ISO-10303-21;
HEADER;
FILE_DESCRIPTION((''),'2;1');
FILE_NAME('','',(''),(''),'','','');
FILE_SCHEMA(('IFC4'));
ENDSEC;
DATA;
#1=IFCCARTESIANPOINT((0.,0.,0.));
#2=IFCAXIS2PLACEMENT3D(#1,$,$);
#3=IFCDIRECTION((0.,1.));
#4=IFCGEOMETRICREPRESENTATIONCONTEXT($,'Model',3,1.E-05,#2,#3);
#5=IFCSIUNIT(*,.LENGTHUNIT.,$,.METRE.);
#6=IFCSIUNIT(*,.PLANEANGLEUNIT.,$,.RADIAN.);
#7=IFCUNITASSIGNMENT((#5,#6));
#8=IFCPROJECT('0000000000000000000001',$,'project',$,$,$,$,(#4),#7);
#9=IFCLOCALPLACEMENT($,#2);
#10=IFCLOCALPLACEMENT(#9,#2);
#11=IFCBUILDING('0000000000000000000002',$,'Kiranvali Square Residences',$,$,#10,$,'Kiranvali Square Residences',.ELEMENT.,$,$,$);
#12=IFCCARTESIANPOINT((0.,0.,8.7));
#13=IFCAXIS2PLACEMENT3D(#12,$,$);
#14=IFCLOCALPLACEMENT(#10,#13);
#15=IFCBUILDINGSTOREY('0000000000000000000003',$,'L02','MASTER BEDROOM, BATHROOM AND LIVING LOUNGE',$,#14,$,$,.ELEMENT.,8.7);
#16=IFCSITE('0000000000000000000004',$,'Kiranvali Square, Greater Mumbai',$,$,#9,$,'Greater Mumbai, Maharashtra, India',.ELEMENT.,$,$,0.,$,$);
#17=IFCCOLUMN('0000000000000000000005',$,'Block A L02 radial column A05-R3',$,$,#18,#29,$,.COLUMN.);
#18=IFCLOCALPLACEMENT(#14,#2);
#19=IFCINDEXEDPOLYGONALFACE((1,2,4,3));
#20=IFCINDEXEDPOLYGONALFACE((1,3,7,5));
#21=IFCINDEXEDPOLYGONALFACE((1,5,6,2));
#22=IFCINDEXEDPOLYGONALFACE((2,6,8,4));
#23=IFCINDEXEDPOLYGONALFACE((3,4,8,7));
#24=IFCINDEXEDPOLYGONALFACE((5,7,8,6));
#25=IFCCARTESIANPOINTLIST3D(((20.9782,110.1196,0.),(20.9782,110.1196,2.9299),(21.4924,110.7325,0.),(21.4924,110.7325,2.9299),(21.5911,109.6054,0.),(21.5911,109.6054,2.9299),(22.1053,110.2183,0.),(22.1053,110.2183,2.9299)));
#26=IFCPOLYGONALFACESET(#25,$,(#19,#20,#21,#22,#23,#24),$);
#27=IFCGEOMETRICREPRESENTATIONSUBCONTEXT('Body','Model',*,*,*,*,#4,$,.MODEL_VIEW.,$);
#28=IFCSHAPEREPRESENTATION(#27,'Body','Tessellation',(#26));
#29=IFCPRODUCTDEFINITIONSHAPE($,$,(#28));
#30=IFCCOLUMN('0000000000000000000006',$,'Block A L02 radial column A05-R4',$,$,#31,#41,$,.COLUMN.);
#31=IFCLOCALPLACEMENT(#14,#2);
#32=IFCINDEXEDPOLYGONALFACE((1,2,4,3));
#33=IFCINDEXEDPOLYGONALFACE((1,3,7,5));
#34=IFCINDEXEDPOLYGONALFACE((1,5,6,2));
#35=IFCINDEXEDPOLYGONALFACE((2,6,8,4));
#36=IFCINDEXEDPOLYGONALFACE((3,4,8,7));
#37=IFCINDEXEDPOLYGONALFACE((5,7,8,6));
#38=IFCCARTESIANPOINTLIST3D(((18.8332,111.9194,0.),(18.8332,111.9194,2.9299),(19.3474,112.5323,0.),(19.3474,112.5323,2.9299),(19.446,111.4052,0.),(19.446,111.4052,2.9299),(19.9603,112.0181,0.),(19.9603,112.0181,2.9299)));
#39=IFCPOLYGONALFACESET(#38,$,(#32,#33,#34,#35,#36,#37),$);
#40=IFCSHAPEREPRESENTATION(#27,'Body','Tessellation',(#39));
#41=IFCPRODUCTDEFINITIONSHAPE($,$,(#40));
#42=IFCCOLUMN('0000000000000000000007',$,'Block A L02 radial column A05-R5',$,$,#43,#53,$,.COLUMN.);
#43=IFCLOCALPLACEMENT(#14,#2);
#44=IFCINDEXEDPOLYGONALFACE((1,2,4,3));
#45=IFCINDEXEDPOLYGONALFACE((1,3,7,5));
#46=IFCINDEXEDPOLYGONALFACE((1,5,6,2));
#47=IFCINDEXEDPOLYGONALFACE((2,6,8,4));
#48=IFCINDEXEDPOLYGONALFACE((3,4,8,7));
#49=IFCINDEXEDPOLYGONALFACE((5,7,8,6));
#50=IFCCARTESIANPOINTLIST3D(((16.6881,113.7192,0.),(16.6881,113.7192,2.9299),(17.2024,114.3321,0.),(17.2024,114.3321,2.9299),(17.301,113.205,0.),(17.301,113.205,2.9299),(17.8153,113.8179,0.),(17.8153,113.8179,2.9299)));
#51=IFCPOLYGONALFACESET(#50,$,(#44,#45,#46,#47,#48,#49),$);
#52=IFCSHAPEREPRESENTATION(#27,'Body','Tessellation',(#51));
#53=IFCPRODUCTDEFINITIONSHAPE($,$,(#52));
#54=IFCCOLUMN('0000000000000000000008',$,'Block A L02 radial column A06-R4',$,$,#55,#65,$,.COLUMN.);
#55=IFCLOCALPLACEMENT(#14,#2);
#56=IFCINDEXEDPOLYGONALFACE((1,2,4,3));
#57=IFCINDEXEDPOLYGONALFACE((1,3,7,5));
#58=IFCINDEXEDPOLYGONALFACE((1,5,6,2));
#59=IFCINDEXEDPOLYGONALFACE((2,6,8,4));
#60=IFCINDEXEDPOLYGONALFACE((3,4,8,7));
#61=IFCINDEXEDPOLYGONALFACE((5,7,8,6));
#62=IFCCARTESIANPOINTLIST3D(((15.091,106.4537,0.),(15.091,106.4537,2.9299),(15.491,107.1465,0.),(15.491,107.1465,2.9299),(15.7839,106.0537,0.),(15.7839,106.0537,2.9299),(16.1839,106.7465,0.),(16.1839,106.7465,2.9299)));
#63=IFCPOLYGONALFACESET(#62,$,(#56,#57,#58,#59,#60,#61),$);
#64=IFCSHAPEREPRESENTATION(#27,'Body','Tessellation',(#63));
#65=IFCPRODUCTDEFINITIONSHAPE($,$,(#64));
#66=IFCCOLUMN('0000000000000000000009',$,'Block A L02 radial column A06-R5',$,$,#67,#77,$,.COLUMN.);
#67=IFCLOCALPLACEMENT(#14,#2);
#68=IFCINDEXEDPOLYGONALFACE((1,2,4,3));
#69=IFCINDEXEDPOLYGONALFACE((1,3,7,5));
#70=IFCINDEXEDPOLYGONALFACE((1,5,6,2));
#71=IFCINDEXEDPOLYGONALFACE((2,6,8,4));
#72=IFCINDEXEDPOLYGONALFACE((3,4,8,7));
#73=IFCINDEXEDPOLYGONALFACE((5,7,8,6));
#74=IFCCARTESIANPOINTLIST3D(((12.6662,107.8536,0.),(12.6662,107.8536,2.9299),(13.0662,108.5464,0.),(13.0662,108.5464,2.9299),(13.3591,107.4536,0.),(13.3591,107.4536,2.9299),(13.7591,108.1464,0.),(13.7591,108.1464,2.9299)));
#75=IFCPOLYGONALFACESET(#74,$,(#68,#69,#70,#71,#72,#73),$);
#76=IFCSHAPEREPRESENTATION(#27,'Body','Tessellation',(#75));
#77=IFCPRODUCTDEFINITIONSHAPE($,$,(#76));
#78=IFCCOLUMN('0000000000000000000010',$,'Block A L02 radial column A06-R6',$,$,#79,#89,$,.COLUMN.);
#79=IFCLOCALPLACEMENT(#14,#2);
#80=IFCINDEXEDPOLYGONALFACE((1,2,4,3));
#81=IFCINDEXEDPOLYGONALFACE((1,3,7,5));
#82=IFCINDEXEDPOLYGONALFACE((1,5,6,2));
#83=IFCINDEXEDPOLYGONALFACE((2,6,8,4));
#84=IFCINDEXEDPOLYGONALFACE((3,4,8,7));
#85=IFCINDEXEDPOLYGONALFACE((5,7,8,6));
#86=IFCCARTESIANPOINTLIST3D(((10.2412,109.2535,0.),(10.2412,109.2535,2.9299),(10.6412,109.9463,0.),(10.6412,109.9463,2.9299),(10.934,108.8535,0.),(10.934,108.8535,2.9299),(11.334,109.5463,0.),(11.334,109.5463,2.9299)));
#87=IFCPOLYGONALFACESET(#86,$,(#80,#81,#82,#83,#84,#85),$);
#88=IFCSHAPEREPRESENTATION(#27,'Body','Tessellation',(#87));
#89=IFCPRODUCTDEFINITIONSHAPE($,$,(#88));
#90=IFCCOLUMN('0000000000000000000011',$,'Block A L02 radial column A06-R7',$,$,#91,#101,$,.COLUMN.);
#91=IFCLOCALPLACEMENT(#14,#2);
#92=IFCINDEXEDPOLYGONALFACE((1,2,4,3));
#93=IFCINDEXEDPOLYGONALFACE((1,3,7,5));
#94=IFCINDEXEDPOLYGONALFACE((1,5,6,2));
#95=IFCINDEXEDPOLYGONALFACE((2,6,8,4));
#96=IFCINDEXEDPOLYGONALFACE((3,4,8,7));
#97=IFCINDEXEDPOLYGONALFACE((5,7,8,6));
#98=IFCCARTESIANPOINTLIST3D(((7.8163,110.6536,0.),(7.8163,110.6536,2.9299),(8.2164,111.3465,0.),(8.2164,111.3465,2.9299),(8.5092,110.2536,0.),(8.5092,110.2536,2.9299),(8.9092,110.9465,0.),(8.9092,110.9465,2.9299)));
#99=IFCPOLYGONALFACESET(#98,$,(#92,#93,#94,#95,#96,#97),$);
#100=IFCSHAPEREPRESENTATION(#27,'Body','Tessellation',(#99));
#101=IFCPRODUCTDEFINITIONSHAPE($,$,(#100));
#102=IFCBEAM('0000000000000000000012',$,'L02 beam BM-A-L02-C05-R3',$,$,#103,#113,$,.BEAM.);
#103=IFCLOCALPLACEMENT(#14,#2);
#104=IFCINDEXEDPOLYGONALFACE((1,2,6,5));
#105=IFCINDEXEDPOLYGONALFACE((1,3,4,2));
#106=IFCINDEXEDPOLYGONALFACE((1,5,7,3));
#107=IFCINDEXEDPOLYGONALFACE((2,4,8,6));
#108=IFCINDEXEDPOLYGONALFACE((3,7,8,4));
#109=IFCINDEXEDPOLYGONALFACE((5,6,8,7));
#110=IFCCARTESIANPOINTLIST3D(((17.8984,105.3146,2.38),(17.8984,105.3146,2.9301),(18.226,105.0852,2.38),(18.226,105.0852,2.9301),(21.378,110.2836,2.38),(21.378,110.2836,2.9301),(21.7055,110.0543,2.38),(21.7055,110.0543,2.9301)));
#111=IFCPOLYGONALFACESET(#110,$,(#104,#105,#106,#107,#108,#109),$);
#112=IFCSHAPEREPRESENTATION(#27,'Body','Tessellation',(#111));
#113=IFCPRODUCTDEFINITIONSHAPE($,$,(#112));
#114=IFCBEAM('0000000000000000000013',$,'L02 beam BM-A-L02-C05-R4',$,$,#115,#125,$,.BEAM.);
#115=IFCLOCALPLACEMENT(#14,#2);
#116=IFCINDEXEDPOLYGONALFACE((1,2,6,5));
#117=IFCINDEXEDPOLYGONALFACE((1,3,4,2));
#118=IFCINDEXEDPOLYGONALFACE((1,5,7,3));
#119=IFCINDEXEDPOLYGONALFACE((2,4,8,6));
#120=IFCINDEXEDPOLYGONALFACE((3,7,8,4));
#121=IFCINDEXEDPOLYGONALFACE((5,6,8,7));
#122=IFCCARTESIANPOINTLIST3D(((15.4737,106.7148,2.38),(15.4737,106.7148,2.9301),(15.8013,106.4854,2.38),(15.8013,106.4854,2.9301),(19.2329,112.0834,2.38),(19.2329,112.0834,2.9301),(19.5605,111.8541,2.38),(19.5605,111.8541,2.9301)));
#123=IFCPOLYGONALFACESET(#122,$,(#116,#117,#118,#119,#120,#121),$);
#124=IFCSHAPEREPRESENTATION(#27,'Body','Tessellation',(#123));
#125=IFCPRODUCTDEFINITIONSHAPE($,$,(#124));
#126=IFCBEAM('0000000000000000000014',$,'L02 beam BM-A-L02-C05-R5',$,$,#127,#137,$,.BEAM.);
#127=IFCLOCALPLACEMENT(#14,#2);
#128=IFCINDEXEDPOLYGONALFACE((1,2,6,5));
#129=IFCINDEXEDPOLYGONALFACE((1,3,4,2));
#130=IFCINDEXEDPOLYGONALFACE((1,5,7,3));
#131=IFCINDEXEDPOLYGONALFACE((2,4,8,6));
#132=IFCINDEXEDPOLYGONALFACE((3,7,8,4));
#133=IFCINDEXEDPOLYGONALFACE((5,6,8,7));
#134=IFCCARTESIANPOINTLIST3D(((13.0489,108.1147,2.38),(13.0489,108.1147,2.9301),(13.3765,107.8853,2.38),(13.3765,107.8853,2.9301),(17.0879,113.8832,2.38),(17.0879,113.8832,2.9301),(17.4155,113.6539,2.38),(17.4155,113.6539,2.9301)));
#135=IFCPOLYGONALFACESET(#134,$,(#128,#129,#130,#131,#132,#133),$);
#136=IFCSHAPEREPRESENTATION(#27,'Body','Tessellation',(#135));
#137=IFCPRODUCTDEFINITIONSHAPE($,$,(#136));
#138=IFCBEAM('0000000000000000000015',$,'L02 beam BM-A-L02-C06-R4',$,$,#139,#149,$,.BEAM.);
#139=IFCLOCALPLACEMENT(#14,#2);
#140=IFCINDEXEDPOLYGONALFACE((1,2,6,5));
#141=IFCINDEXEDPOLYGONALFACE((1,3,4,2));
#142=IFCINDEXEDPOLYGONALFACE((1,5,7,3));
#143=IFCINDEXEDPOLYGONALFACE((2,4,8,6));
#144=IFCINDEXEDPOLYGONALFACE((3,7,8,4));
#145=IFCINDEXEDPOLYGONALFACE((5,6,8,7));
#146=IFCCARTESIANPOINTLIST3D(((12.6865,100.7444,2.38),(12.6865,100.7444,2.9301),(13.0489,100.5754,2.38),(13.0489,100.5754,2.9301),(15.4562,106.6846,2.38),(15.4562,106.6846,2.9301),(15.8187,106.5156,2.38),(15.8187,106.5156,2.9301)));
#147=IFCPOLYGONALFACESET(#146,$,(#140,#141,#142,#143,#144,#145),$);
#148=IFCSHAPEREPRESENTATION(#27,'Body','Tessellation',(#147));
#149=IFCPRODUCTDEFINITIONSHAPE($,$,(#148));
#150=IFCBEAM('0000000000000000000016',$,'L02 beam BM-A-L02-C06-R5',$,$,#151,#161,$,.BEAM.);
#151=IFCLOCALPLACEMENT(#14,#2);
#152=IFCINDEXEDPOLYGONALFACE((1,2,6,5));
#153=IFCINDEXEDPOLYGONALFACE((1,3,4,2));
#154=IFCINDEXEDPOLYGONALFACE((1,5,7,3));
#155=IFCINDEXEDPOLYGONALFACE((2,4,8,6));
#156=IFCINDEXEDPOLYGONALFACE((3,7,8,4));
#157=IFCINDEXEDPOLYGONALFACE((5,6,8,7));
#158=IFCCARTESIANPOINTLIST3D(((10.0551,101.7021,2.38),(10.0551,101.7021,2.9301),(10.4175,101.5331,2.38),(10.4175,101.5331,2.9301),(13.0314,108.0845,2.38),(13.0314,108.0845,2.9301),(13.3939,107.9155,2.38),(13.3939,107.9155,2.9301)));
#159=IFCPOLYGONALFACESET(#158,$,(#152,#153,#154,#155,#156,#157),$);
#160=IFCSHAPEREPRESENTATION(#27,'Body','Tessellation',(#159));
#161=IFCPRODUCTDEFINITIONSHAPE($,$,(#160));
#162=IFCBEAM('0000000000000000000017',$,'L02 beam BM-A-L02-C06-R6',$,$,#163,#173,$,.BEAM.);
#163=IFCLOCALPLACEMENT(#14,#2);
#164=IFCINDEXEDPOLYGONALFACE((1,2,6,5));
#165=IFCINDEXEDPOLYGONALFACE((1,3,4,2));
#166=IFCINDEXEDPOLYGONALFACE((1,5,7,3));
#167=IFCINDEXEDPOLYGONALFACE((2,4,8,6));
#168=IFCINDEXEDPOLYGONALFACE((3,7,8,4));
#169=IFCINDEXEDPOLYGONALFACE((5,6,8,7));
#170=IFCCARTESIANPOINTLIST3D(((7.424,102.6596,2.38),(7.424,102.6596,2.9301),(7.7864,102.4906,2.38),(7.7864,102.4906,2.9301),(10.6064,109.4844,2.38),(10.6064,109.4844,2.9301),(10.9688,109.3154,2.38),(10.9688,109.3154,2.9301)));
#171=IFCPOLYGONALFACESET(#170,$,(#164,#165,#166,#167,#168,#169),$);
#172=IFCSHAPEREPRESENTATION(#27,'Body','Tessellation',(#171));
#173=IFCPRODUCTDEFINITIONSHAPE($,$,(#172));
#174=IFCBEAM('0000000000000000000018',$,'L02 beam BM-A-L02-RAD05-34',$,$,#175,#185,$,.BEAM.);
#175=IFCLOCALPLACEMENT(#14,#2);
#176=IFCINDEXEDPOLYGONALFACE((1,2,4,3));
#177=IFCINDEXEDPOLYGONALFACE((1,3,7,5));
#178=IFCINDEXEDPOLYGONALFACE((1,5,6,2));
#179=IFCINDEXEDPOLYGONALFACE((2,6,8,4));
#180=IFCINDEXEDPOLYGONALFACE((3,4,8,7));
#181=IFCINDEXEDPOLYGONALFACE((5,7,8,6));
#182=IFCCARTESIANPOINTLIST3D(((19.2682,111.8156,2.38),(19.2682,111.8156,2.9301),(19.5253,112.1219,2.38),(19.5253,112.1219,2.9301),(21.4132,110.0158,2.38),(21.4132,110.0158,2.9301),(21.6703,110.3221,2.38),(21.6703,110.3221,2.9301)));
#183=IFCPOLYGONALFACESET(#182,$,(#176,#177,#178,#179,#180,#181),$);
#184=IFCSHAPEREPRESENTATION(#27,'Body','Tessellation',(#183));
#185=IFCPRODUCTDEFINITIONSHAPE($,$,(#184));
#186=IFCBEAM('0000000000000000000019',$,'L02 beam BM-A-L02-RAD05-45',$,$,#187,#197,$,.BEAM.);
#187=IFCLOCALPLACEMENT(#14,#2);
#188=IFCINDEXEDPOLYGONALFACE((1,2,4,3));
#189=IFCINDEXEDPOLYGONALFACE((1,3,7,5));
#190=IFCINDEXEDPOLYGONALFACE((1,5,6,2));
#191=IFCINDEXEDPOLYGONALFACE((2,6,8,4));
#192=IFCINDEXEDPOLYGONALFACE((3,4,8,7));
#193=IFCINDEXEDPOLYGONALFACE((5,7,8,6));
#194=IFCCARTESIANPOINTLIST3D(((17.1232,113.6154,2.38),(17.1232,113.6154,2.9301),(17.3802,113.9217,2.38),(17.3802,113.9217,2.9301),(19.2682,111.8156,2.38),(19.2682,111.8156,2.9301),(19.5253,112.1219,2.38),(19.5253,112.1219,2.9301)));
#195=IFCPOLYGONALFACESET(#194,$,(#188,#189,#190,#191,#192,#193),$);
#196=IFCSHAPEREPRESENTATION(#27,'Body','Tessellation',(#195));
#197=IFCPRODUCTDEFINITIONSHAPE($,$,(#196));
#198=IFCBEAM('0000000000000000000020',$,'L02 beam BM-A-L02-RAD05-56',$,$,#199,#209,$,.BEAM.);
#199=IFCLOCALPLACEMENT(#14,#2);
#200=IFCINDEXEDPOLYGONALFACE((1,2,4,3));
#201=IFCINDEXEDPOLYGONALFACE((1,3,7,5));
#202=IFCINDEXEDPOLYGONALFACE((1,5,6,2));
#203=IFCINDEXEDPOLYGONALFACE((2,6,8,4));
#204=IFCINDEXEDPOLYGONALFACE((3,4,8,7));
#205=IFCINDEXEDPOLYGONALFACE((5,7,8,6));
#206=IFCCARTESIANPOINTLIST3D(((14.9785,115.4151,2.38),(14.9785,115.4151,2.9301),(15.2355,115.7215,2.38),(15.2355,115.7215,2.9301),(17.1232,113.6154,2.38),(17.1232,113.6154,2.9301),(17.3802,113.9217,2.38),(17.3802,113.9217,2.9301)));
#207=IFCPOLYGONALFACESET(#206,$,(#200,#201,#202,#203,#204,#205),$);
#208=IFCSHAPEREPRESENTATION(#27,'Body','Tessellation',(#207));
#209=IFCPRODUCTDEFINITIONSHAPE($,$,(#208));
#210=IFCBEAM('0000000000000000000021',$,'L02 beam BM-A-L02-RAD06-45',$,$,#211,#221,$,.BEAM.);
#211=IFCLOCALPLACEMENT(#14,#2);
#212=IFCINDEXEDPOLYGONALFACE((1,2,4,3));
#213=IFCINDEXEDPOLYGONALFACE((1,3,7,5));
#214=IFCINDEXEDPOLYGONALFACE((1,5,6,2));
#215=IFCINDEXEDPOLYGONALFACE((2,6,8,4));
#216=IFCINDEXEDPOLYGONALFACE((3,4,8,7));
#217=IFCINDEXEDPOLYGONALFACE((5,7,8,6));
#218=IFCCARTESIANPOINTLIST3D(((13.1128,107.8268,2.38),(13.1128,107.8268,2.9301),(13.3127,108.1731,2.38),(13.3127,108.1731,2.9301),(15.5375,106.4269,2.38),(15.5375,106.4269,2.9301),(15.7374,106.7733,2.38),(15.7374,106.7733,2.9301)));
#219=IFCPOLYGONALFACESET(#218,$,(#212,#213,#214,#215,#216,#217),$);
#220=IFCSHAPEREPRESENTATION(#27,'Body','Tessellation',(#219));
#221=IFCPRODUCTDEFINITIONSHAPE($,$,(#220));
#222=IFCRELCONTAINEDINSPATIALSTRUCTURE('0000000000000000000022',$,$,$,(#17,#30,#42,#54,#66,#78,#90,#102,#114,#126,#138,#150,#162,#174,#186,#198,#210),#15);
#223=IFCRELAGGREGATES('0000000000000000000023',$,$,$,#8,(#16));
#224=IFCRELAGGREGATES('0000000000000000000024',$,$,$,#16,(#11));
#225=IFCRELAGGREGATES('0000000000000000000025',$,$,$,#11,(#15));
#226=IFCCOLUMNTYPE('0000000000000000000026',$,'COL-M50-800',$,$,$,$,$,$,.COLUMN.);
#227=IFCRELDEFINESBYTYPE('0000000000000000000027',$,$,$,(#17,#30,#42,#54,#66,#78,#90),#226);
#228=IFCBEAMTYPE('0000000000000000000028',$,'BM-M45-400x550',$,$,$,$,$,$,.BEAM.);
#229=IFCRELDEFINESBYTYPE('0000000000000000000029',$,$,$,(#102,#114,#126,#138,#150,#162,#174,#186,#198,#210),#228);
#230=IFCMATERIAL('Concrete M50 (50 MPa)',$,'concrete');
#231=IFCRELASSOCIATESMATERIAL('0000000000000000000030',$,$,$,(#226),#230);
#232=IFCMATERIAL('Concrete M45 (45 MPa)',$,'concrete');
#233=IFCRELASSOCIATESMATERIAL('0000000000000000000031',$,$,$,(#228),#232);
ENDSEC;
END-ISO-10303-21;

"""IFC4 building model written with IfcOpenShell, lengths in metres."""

from ifc_helpers import new_model, si_unit, direction, frame, origin, origin_2d, place, context, subcontext, project, spatial, rectangle, extrude, material, material_profile, profile_set, type_object, element, save


model = new_model("IFC4")

# Units and contexts
model_context = context("Model", 3, precision=1e-05, world=origin(), true_north=direction((0.0, 1.0)))
body_context = subcontext(model_context, "Body", "Model", "MODEL_VIEW")
ifc_project = project(units=[si_unit("LENGTHUNIT", "METRE"), si_unit("PLANEANGLEUNIT", "RADIAN")], contexts=[model_context])

# Site, building, storey
site_placement = place(None, origin())
site = spatial("IfcSite", under=ifc_project, at=site_placement, Name="Kiranvali Square, Greater Mumbai", LongName="Greater Mumbai, Maharashtra, India", CompositionType="ELEMENT", RefElevation=0.0)
building_placement = place(site_placement, origin())
building = spatial("IfcBuilding", under=site, at=building_placement, Name="Kiranvali Square Residences", LongName="Kiranvali Square Residences", CompositionType="ELEMENT")
storey_placement = place(building_placement, frame((0.0, 0.0, 8.7)))
storey = spatial("IfcBuildingStorey", under=building, at=storey_placement, Name="L02", Description="MASTER BEDROOM, BATHROOM AND LIVING LOUNGE", CompositionType="ELEMENT", Elevation=8.7)

# Columns
ifc_material_1 = material(Name="Concrete M50 (50 MPa)", Category="concrete")
ifc_material_profile_1 = material_profile(ifc_material_1, rectangle(XDim=0.8, YDim=0.8, at=origin_2d()), Name="RC 800x800")
ifc_profile_set_1 = profile_set([ifc_material_profile_1], Name="Concrete M50 (50 MPa)")
column_type = type_object("IfcColumnType", Name="COL-M50-800", PredefinedType="COLUMN", material=ifc_profile_set_1)
for number, where, z_axis, x_axis, name in (
    (1, (21.5417, 110.1689, 0.0), (0.0, 0.0, 1.0), (0.642788, 0.766044, 0.0), "Block A L02 radial column A05-R3"),
    (2, (19.3967, 111.9688, 0.0), (0.0, 0.0, 1.0), (0.642788, 0.766044, 0.0), "Block A L02 radial column A05-R4"),
    (3, (17.2517, 113.7686, 0.0), (0.0, 0.0, 1.0), (0.642788, 0.766044, 0.0), "Block A L02 radial column A05-R5"),
    (4, (15.6375, 106.6001, 0.0), (0.0, 0.0, 1.0), (0.5, 0.866025, 0.0), "Block A L02 radial column A06-R4"),
    (5, (13.2126, 108.0, 0.0), (0.0, 0.0, 1.0), (0.5, 0.866025, 0.0), "Block A L02 radial column A06-R5"),
    (6, (10.7876, 109.3999, 0.0), (0.0, 0.0, 1.0), (0.5, 0.866025, 0.0), "Block A L02 radial column A06-R6"),
    (7, (8.3628, 110.8, 0.0), (0.0, 0.0, 1.0), (0.5, 0.866025, 0.0), "Block A L02 radial column A06-R7"),
):
    element("IfcColumn", number, at=place(storey_placement, frame(where, z_axis=z_axis, x_axis=x_axis)), inside=storey, type_object=column_type, Name=name, PredefinedType="COLUMN", context=body_context, shape_type="SweptSolid", body=[
        extrude(rectangle(XDim=0.8, YDim=0.8, at=origin_2d()), origin(), (0.0, 0.0, 1.0), 2.9299),
    ])

# Beams
ifc_material_2 = material(Name="Concrete M45 (45 MPa)", Category="concrete")
ifc_material_profile_2 = material_profile(ifc_material_2, rectangle(XDim=0.3999, YDim=0.55, at=origin_2d()), Name="RC 400x550")
ifc_profile_set_2 = profile_set([ifc_material_profile_2], Name="Concrete M45 (45 MPa)")
beam_type_1 = type_object("IfcBeamType", Name="BM-M45-400x550", PredefinedType="BEAM", material=ifc_profile_set_2)
beam_1_placement = place(storey_placement, frame((21.5417, 110.1689, 2.655), z_axis=(-0.573595, -0.819139, 0.0), x_axis=(0.819139, -0.573595, 0.0)))
element("IfcBeam", 8, at=beam_1_placement, inside=storey, type_object=beam_type_1, Name="L02 beam BM-A-L02-C05-R3", PredefinedType="BEAM", context=body_context, shape_type="SweptSolid", body=[
    extrude(rectangle(XDim=0.3999, YDim=0.55, at=origin_2d()), origin(), (0.0, 0.0, 1.0), 6.0662),
])
beam_2_placement = place(storey_placement, frame((19.3967, 111.9688, 2.655), z_axis=(-0.573587, -0.819144, 0.0), x_axis=(0.819144, -0.573587, 0.0)))
element("IfcBeam", 9, at=beam_2_placement, inside=storey, type_object=beam_type_1, Name="L02 beam BM-A-L02-C05-R4", PredefinedType="BEAM", context=body_context, shape_type="SweptSolid", body=[
    extrude(rectangle(XDim=0.3999, YDim=0.55, at=origin_2d()), origin(), (0.0, 0.0, 1.0), 6.554),
])
beam_3_placement = place(storey_placement, frame((17.2517, 113.7686, 2.655), z_axis=(-0.573565, -0.81916, 0.0), x_axis=(0.81916, -0.573565, 0.0)))
element("IfcBeam", 10, at=beam_3_placement, inside=storey, type_object=beam_type_1, Name="L02 beam BM-A-L02-C05-R5", PredefinedType="BEAM", context=body_context, shape_type="SweptSolid", body=[
    extrude(rectangle(XDim=0.3999, YDim=0.55, at=origin_2d()), origin(), (0.0, 0.0, 1.0), 7.042),
])
beam_4_placement = place(storey_placement, frame((15.6375, 106.6001, 2.655), z_axis=(-0.422596, -0.906318, 0.0), x_axis=(0.906318, -0.422596, 0.0)))
element("IfcBeam", 11, at=beam_4_placement, inside=storey, type_object=beam_type_1, Name="L02 beam BM-A-L02-C06-R4", PredefinedType="BEAM", context=body_context, shape_type="SweptSolid", body=[
    extrude(rectangle(XDim=0.3999, YDim=0.55, at=origin_2d()), origin(), (0.0, 0.0, 1.0), 6.5542),
])
beam_5_placement = place(storey_placement, frame((13.2126, 108.0, 2.655), z_axis=(-0.422641, -0.906297, 0.0), x_axis=(0.906297, -0.422641, 0.0)))
element("IfcBeam", 12, at=beam_5_placement, inside=storey, type_object=beam_type_1, Name="L02 beam BM-A-L02-C06-R5", PredefinedType="BEAM", context=body_context, shape_type="SweptSolid", body=[
    extrude(rectangle(XDim=0.3999, YDim=0.55, at=origin_2d()), origin(), (0.0, 0.0, 1.0), 7.0422),
])
beam_6_placement = place(storey_placement, frame((10.7876, 109.3999, 2.655), z_axis=(-0.422614, -0.90631, 0.0), x_axis=(0.90631, -0.422614, 0.0)))
element("IfcBeam", 13, at=beam_6_placement, inside=storey, type_object=beam_type_1, Name="L02 beam BM-A-L02-C06-R6", PredefinedType="BEAM", context=body_context, shape_type="SweptSolid", body=[
    extrude(rectangle(XDim=0.3999, YDim=0.55, at=origin_2d()), origin(), (0.0, 0.0, 1.0), 7.5303),
])
for number, where, z_axis, x_axis, name in (
    (14, (21.5417, 110.1689, 2.655), (-0.766059, 0.642771, 0.0), (-0.642771, -0.766059, 0.0), "L02 beam BM-A-L02-RAD05-34"),
    (15, (19.3967, 111.9688, 2.655), (-0.766059, 0.642771, 0.0), (-0.642771, -0.766059, 0.0), "L02 beam BM-A-L02-RAD05-45"),
):
    element("IfcBeam", number, at=place(storey_placement, frame(where, z_axis=z_axis, x_axis=x_axis)), inside=storey, type_object=beam_type_1, Name=name, PredefinedType="BEAM", context=body_context, shape_type="SweptSolid", body=[
        extrude(rectangle(XDim=0.3999, YDim=0.55, at=origin_2d()), origin(), (0.0, 0.0, 1.0), 2.8),
    ])
for number, where, z_axis, x_axis, name in (
    (16, (17.2517, 113.7686, 2.655), (-0.766023, 0.642814, 0.0), (-0.642814, -0.766023, 0.0), "L02 beam BM-A-L02-RAD05-56"),
    (17, (15.6375, 106.6001, 2.655), (-0.866035, 0.499984, 0.0), (-0.499984, -0.866035, 0.0), "L02 beam BM-A-L02-RAD06-45"),
):
    element("IfcBeam", number, at=place(storey_placement, frame(where, z_axis=z_axis, x_axis=x_axis)), inside=storey, type_object=beam_type_1, Name=name, PredefinedType="BEAM", context=body_context, shape_type="SweptSolid", body=[
        extrude(rectangle(XDim=0.3999, YDim=0.55, at=origin_2d()), origin(), (0.0, 0.0, 1.0), 2.7998),
    ])

save(model, "model.ifc")
